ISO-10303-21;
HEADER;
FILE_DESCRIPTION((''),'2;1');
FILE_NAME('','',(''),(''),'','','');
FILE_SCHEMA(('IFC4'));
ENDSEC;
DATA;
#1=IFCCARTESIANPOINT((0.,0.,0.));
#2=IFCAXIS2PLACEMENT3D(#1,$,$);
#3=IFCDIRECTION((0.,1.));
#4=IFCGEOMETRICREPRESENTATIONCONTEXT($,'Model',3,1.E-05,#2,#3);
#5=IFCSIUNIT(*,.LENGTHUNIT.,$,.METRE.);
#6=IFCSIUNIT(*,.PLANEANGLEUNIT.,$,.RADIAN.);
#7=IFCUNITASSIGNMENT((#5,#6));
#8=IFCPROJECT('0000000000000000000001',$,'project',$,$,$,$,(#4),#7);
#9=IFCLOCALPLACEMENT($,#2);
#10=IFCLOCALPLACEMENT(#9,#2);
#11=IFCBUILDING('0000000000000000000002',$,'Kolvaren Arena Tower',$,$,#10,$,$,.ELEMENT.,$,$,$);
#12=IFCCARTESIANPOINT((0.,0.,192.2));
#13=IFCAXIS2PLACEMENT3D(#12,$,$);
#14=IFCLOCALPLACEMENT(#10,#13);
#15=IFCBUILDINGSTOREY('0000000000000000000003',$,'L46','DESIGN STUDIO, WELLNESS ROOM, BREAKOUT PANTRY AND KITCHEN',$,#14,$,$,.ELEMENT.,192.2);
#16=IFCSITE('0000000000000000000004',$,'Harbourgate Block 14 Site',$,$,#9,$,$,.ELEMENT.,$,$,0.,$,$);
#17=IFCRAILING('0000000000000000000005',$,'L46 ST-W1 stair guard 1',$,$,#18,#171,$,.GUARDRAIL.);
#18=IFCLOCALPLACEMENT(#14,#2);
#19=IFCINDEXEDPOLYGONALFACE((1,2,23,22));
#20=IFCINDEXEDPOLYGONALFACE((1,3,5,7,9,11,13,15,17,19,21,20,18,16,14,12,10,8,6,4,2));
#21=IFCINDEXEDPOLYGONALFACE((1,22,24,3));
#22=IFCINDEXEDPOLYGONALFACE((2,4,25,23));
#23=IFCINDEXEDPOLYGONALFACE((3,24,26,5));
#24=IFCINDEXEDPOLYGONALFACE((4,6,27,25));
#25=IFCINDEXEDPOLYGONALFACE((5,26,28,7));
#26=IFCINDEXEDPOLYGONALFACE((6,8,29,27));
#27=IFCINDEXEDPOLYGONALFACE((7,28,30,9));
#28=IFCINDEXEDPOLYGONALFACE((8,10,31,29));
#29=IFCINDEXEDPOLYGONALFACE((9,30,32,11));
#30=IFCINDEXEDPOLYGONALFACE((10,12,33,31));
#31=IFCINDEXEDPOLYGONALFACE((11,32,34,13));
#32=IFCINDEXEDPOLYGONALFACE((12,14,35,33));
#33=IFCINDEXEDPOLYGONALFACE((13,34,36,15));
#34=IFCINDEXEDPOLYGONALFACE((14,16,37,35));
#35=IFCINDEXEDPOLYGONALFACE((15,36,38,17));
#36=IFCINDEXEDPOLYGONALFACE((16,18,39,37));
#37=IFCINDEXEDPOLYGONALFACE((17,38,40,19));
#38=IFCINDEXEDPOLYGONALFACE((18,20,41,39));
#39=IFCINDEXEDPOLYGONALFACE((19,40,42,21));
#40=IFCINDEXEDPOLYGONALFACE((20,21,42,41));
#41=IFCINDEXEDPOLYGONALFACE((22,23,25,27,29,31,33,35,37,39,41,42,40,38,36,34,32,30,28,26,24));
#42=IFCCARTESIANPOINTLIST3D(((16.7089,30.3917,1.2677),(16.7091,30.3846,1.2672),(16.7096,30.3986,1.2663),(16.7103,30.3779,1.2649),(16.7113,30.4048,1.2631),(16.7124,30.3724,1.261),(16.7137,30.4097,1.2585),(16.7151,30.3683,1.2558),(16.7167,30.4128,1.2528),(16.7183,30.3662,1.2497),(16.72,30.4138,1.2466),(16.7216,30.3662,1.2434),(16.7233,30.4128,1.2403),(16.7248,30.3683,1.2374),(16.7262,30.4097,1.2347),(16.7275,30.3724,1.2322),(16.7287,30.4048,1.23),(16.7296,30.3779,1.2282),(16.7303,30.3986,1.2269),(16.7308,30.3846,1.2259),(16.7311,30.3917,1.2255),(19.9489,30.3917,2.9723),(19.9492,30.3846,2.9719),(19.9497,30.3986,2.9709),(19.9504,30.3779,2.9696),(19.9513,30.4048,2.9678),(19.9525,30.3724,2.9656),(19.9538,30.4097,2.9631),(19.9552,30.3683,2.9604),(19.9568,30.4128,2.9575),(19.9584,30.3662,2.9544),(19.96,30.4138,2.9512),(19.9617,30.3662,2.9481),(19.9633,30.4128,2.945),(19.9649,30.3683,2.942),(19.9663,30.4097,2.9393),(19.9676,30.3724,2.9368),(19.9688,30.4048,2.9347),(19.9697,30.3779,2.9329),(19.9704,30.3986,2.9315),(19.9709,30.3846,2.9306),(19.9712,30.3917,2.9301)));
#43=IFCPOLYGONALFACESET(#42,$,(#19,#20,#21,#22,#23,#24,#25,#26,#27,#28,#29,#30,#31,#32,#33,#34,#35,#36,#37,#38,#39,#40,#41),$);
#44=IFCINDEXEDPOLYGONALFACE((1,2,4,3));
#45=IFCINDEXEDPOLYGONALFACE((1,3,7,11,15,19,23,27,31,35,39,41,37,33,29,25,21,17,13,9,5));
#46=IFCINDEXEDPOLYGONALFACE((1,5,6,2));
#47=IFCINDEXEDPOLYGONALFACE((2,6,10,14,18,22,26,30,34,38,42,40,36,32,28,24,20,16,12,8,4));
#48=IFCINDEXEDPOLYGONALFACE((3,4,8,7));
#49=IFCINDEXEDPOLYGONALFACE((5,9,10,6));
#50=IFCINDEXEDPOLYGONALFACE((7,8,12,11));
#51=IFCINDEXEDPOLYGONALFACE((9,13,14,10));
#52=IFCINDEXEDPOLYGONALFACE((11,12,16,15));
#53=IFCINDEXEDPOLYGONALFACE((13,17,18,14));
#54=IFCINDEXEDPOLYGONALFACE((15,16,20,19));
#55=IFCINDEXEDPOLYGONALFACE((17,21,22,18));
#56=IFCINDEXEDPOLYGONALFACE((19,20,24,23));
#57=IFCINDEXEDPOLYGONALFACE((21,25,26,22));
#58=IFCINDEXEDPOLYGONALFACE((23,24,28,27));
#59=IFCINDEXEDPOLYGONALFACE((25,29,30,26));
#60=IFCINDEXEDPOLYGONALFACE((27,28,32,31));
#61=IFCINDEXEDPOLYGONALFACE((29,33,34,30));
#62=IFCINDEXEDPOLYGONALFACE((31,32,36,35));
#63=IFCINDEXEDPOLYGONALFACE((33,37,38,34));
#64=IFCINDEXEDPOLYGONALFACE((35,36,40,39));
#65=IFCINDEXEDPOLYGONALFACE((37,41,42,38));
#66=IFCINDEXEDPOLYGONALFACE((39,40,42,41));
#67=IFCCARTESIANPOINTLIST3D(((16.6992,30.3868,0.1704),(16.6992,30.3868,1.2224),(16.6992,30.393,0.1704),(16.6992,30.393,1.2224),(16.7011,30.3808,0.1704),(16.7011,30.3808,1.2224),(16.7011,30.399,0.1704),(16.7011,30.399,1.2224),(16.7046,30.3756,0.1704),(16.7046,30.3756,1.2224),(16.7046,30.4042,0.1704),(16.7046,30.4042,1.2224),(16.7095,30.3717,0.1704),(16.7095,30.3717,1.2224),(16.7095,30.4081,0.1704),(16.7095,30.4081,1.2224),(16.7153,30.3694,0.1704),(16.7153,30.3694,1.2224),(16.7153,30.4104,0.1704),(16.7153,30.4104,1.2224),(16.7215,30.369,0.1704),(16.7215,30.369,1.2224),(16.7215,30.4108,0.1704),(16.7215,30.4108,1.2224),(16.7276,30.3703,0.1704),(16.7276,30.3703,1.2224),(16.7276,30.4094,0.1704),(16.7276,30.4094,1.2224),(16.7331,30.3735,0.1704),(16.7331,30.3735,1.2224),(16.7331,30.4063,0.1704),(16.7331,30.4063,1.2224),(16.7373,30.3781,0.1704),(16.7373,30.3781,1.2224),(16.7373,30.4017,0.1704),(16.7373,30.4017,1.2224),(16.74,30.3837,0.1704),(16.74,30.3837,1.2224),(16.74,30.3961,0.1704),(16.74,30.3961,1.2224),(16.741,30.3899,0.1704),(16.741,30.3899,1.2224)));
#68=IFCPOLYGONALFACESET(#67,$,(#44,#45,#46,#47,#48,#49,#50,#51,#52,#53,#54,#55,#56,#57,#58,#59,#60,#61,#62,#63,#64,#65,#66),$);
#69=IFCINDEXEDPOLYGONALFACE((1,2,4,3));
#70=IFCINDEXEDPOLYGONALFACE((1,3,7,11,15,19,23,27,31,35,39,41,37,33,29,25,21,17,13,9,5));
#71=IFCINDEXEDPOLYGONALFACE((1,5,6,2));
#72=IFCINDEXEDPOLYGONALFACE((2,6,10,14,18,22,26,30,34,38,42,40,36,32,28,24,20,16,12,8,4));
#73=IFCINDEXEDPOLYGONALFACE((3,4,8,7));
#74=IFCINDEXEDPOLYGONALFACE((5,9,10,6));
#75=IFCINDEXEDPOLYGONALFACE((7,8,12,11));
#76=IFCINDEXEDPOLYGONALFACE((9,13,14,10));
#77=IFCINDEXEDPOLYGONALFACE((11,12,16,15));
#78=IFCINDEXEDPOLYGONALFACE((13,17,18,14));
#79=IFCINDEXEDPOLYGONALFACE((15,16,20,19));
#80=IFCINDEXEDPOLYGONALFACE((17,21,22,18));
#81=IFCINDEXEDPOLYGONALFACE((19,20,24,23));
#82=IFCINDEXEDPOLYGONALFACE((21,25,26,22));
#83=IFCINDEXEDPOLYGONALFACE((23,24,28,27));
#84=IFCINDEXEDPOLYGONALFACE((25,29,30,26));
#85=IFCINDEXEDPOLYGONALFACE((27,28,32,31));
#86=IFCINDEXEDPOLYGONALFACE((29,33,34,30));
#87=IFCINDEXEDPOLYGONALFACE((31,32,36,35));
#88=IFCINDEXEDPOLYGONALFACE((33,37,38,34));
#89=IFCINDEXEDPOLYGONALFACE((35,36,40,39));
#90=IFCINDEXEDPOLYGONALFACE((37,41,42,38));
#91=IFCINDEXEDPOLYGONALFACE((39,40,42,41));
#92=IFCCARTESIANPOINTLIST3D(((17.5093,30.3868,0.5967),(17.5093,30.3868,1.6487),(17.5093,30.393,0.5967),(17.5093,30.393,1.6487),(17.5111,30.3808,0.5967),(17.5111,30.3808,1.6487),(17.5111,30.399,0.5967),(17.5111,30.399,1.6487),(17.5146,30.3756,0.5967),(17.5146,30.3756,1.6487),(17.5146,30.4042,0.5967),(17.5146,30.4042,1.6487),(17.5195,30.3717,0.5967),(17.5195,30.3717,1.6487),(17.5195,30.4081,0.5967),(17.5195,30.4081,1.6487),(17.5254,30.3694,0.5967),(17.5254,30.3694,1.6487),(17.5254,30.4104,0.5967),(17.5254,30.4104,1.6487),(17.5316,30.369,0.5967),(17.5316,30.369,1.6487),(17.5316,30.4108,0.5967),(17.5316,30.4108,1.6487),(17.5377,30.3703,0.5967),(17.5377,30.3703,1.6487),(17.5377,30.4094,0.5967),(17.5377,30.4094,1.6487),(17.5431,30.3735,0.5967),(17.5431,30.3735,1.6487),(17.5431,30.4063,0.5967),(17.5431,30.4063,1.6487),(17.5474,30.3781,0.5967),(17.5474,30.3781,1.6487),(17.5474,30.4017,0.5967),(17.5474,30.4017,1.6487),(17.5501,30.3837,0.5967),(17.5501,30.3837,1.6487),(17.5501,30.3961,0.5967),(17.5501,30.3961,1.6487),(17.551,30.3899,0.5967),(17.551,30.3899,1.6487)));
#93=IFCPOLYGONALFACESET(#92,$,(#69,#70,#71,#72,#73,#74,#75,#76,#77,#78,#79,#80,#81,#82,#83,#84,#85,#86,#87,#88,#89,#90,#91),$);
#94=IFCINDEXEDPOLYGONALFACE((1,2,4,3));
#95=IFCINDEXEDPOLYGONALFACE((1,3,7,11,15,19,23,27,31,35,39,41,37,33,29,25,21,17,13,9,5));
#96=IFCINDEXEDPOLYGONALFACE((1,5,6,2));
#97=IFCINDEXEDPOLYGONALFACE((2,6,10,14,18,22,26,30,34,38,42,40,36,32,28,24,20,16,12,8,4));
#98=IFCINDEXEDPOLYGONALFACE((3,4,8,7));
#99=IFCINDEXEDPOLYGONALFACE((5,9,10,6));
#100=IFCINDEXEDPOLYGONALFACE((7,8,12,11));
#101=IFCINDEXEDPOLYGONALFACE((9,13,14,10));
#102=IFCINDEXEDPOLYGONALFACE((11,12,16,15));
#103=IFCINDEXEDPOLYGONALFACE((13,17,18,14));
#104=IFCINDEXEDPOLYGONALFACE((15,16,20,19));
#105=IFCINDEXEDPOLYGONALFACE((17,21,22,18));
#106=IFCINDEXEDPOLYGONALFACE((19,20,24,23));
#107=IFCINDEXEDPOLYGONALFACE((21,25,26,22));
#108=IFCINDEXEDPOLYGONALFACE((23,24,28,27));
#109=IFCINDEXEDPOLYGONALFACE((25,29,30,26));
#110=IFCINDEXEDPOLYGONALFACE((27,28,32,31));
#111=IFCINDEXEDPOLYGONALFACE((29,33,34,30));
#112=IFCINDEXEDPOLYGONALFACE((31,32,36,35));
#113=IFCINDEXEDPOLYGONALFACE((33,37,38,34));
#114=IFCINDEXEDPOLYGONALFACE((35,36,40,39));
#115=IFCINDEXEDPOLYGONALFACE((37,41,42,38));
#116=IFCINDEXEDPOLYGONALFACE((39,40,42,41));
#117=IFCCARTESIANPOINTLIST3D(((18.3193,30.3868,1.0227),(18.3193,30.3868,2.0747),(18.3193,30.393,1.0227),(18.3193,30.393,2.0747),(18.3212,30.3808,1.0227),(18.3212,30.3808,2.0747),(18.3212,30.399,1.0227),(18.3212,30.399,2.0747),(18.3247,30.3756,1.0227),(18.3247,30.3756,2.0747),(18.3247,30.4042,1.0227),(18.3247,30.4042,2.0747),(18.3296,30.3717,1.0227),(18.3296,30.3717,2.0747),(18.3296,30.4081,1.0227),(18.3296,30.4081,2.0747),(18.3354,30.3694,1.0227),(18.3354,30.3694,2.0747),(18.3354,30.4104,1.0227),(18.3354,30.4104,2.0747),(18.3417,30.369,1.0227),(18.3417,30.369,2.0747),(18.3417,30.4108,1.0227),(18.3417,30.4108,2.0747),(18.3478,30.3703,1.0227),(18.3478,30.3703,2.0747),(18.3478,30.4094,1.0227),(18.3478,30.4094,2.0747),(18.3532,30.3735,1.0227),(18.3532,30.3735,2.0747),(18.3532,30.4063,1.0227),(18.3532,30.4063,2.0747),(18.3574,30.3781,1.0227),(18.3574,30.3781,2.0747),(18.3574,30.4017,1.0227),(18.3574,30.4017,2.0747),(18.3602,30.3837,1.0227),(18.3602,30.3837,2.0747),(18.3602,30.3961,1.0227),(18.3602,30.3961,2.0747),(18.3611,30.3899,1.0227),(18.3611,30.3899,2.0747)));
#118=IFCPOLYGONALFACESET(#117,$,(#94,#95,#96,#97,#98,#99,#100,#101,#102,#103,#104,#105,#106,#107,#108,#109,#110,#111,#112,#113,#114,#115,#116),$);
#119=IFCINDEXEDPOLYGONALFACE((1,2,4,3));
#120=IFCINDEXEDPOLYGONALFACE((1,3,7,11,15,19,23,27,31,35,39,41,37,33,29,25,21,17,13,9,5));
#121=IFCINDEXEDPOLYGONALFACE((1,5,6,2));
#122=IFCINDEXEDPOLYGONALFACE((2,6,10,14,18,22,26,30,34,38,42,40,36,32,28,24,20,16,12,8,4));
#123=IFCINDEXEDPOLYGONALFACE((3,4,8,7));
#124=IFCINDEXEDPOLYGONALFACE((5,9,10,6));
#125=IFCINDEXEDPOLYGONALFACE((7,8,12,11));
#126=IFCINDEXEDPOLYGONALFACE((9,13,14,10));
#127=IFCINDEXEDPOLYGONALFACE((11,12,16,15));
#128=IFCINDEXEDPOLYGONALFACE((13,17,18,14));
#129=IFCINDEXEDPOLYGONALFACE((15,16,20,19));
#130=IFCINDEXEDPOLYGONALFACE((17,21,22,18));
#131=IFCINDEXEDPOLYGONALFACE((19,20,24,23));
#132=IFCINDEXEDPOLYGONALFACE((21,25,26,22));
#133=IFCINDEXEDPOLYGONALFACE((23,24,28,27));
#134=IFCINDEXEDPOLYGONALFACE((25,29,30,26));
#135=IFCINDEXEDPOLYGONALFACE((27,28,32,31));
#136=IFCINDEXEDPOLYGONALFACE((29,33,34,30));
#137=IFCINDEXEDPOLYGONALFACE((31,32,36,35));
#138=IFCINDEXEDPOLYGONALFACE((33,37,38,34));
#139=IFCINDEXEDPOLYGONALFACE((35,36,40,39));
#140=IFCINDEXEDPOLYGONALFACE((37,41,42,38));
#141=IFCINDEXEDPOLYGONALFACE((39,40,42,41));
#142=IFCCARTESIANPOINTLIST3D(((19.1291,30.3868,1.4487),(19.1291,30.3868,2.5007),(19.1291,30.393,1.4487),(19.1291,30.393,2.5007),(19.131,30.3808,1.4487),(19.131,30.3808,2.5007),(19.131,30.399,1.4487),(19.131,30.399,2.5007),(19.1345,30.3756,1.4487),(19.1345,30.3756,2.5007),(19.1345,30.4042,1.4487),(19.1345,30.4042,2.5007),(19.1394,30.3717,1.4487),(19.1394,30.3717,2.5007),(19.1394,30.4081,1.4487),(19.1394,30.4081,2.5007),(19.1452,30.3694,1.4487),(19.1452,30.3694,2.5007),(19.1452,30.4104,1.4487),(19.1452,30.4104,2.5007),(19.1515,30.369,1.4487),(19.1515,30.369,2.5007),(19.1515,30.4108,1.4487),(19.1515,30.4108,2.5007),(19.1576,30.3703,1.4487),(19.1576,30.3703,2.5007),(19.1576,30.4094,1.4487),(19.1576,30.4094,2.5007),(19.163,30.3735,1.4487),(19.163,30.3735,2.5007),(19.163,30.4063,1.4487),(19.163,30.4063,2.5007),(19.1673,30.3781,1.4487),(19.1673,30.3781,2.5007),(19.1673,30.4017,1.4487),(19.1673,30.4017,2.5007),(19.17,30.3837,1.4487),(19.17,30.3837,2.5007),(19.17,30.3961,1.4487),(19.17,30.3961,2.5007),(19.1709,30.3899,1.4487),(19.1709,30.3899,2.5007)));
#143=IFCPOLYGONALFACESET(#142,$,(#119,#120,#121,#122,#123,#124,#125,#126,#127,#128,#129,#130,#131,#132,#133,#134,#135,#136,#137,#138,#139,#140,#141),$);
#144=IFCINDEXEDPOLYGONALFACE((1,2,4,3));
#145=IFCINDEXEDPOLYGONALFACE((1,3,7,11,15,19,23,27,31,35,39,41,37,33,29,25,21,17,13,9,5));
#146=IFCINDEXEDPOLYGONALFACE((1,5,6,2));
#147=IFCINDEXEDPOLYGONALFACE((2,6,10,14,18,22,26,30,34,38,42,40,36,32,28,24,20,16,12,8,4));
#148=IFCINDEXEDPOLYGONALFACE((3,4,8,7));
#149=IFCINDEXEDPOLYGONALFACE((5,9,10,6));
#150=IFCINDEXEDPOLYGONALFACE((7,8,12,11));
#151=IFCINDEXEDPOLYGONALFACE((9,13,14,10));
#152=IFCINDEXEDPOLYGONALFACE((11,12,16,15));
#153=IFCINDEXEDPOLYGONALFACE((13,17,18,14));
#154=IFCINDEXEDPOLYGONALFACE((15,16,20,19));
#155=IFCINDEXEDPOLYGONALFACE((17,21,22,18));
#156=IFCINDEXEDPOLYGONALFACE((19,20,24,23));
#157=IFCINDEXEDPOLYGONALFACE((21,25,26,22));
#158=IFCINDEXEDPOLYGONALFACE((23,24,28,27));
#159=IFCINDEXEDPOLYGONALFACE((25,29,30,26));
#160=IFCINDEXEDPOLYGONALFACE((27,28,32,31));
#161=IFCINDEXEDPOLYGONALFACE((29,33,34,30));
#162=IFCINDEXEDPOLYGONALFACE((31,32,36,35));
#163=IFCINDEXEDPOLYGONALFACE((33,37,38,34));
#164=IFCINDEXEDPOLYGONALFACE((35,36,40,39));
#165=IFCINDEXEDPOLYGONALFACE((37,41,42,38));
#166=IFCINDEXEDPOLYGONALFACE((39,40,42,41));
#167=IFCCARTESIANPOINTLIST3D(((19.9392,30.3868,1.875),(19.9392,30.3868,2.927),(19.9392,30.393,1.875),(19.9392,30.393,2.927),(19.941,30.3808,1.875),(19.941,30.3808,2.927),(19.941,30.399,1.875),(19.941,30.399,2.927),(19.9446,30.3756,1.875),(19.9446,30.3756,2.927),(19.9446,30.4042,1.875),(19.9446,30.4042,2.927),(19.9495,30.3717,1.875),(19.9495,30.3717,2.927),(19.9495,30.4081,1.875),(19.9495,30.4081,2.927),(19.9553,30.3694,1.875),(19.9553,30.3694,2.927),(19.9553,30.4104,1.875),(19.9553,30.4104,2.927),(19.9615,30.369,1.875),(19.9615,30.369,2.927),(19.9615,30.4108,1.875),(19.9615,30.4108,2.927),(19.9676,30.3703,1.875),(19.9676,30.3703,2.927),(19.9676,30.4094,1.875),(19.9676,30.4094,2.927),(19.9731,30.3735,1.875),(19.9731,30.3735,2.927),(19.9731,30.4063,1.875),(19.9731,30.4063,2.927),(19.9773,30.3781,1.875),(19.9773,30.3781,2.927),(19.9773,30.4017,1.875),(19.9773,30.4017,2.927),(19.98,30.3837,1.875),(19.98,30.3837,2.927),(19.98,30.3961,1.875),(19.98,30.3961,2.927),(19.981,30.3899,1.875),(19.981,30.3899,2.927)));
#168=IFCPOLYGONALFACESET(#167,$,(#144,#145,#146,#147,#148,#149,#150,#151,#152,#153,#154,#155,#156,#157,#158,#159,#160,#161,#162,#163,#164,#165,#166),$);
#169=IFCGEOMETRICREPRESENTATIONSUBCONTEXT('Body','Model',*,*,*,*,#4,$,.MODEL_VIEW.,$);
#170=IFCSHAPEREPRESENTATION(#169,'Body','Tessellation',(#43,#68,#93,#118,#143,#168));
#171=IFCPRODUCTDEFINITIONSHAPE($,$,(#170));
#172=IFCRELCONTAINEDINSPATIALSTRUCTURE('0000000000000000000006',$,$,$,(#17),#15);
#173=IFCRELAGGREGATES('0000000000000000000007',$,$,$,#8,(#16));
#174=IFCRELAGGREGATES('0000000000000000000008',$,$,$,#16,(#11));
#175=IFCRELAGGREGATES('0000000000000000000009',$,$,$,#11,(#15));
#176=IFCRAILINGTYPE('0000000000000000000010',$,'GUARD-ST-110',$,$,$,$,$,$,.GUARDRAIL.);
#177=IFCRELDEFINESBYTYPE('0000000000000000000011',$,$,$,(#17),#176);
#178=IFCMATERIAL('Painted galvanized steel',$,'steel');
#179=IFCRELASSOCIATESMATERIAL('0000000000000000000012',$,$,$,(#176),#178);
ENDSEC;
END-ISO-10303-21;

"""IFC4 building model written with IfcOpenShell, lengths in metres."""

from ifc_helpers import new_model, si_unit, direction, frame, origin, origin_2d, place, context, subcontext, project, spatial, circle, extrude, material, type_object, element, save


model = new_model("IFC4")

# Units and contexts
model_context = context("Model", 3, precision=1e-05, world=origin(), true_north=direction((0.0, 1.0)))
body_context = subcontext(model_context, "Body", "Model", "MODEL_VIEW")
ifc_project = project(units=[si_unit("LENGTHUNIT", "METRE"), si_unit("PLANEANGLEUNIT", "RADIAN")], contexts=[model_context])

# Site, building, storey
site_placement = place(None, origin())
site = spatial("IfcSite", under=ifc_project, at=site_placement, Name="Harbourgate Block 14 Site", CompositionType="ELEMENT", RefElevation=0.0)
building_placement = place(site_placement, origin())
building = spatial("IfcBuilding", under=site, at=building_placement, Name="Kolvaren Arena Tower", CompositionType="ELEMENT")
storey_placement = place(building_placement, frame((0.0, 0.0, 192.2)))
storey = spatial("IfcBuildingStorey", under=building, at=storey_placement, Name="L46", Description="DESIGN STUDIO, WELLNESS ROOM, BREAKOUT PANTRY AND KITCHEN", CompositionType="ELEMENT", Elevation=192.2)

# Railing
ifc_material_1 = material(Name="Painted galvanized steel", Category="steel")
railing_type_1 = type_object("IfcRailingType", Name="GUARD-ST-110", PredefinedType="GUARDRAIL", material=ifc_material_1)
railing_1_placement = place(storey_placement, frame((16.72, 30.3899, 0.1704)))
element("IfcRailing", 1, at=railing_1_placement, inside=storey, type_object=railing_type_1, Name="L46 ST-W1 stair guard 1", PredefinedType="GUARDRAIL", context=body_context, shape_type="SweptSolid", body=[
    extrude(circle(Radius=0.0239, at=origin_2d()), frame((0.0, 0.0, 1.0762), z_axis=(0.884993, 0.0, 0.465604), x_axis=(0.0, 1.0, 0.0)), (0.0, 0.0, 1.0), 3.6611),
    extrude(circle(Radius=0.021, at=origin_2d()), origin(), (0.0, 0.0, 1.0), 1.052),
    extrude(circle(Radius=0.021, at=origin_2d()), frame((0.8101, 0.0, 0.4263)), (0.0, 0.0, 1.0), 1.052),
    extrude(circle(Radius=0.021, at=origin_2d()), frame((1.6201, 0.0, 0.8523)), (0.0, 0.0, 1.0), 1.052),
    extrude(circle(Radius=0.021, at=origin_2d()), frame((2.4299, 0.0, 1.2783)), (0.0, 0.0, 1.0), 1.052),
    extrude(circle(Radius=0.021, at=origin_2d()), frame((3.24, 0.0, 1.7046)), (0.0, 0.0, 1.0), 1.052),
])

save(model, "model.ifc")
